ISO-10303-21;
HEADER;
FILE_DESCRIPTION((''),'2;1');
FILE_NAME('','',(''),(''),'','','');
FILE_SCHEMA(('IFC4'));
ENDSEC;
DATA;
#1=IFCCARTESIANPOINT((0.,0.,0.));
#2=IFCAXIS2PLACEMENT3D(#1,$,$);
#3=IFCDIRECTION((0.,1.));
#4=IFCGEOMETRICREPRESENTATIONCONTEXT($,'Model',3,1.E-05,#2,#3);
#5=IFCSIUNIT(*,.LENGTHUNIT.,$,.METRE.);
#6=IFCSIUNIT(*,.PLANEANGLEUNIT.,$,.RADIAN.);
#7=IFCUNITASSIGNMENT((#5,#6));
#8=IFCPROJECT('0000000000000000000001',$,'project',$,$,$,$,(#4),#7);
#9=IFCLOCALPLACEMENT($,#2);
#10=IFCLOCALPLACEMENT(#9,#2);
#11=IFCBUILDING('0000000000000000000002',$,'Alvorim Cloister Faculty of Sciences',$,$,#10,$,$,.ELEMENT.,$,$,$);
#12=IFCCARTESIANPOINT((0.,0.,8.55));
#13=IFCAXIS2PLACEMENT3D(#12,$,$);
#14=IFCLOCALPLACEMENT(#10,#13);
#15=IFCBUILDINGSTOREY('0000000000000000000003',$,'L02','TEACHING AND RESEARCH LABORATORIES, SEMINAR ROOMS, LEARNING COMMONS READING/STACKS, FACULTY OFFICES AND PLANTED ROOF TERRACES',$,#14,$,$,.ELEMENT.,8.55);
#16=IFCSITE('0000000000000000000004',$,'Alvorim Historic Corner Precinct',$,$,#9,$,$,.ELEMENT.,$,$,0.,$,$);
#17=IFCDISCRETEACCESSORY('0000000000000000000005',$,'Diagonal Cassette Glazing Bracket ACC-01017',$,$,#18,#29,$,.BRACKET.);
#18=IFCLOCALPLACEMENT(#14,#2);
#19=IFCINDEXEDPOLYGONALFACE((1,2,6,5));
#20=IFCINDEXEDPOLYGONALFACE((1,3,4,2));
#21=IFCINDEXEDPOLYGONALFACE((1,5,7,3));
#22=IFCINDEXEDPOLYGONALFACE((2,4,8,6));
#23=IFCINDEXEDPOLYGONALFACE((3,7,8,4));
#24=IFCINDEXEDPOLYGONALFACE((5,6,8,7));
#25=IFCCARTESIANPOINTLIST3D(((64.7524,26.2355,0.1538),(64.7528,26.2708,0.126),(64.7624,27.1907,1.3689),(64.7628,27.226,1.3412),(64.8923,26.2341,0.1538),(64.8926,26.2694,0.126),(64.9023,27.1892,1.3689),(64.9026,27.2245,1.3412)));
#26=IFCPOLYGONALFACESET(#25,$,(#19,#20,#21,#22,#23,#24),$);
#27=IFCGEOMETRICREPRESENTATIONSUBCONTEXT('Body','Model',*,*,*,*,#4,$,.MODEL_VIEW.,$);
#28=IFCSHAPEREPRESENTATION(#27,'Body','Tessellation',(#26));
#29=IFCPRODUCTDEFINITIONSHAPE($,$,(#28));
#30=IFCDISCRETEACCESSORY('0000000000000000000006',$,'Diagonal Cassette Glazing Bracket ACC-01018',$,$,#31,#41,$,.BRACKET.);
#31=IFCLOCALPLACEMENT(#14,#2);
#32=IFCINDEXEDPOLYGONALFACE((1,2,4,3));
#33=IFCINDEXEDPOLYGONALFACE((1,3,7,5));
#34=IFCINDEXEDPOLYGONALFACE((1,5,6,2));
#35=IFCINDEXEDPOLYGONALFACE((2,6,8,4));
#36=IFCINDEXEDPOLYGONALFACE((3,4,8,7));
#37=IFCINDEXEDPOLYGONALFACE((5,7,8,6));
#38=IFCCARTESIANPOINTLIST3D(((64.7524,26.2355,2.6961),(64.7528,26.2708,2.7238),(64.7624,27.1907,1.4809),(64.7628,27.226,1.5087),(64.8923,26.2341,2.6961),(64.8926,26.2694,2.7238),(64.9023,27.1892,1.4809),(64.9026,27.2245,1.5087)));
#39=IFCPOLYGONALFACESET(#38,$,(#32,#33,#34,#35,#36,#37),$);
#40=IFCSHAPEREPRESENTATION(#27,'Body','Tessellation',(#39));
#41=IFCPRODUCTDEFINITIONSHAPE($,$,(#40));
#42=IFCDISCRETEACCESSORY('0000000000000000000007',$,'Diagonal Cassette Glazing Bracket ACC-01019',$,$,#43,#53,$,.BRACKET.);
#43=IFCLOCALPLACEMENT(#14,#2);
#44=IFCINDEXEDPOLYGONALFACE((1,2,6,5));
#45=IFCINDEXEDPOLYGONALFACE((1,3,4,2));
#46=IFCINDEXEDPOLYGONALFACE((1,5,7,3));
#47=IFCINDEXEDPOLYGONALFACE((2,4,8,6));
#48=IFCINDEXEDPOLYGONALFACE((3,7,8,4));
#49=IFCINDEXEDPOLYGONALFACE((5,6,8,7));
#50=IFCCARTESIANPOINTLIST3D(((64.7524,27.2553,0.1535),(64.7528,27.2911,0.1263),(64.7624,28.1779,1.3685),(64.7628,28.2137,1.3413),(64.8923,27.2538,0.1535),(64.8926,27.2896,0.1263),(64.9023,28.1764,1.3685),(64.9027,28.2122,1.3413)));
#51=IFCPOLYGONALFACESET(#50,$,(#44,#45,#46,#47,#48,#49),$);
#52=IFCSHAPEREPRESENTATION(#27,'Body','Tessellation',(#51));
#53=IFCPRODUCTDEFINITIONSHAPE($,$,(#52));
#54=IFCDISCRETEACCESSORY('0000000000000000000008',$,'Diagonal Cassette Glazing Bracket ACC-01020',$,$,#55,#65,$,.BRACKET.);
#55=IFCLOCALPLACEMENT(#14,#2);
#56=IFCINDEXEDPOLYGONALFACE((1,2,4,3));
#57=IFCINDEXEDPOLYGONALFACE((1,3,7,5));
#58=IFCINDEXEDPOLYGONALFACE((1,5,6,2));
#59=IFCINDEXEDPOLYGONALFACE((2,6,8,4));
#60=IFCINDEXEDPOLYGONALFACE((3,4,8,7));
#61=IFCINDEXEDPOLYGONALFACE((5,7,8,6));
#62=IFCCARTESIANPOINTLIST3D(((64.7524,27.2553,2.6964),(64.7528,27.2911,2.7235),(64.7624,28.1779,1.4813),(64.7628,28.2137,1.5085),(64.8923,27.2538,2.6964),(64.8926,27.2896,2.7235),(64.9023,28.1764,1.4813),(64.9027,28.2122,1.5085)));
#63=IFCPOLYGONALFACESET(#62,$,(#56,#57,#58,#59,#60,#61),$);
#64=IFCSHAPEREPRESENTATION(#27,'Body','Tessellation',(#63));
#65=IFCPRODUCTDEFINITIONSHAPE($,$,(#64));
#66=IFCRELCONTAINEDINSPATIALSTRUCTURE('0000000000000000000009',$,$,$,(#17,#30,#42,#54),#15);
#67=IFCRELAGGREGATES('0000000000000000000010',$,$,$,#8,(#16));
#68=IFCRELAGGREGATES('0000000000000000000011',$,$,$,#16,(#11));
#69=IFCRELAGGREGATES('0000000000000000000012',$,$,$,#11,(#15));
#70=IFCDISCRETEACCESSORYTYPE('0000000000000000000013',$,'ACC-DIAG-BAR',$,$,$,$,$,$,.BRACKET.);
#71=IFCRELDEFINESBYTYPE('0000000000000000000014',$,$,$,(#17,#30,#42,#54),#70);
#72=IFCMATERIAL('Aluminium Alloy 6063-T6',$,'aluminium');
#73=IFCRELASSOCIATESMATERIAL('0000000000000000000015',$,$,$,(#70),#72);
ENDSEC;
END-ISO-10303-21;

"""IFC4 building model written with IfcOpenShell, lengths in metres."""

from ifc_helpers import new_model, si_unit, direction, frame, origin, origin_2d, place, context, subcontext, project, spatial, rectangle, extrude, material, type_object, element, save


model = new_model("IFC4")

# Units and contexts
model_context = context("Model", 3, precision=1e-05, world=origin(), true_north=direction((0.0, 1.0)))
body_context = subcontext(model_context, "Body", "Model", "MODEL_VIEW")
ifc_project = project(units=[si_unit("LENGTHUNIT", "METRE"), si_unit("PLANEANGLEUNIT", "RADIAN")], contexts=[model_context])

# Site, building, storey
site_placement = place(None, origin())
site = spatial("IfcSite", under=ifc_project, at=site_placement, Name="Alvorim Historic Corner Precinct", CompositionType="ELEMENT", RefElevation=0.0)
building_placement = place(site_placement, origin())
building = spatial("IfcBuilding", under=site, at=building_placement, Name="Alvorim Cloister Faculty of Sciences", CompositionType="ELEMENT")
storey_placement = place(building_placement, frame((0.0, 0.0, 8.55)))
storey = spatial("IfcBuildingStorey", under=building, at=storey_placement, Name="L02", Description="TEACHING AND RESEARCH LABORATORIES, SEMINAR ROOMS, LEARNING COMMONS READING/STACKS, FACULTY OFFICES AND PLANTED ROOF TERRACES", CompositionType="ELEMENT", Elevation=8.55)

# Shared definitions
ifc_material_1 = material(Name="Aluminium Alloy 6063-T6", Category="aluminium")

# Discrete accessories
discrete_accessory_type = type_object("IfcDiscreteAccessoryType", Name="ACC-DIAG-BAR", PredefinedType="BRACKET", material=ifc_material_1)
for number, where, z_axis, x_axis, name in (
    (1, (64.8225, 26.2524, 0.1399), (0.006477, 0.617955, 0.786187), (-0.999945, 0.01048, 0.0), "Diagonal Cassette Glazing Bracket ACC-01017"),
    (2, (64.8225, 26.2524, 2.71), (0.006477, 0.617955, -0.786187), (-0.999945, 0.01048, 0.0), "Diagonal Cassette Glazing Bracket ACC-01018"),
):
    element("IfcDiscreteAccessory", number, at=place(storey_placement, frame(where, z_axis=z_axis, x_axis=x_axis)), inside=storey, type_object=discrete_accessory_type, Name=name, PredefinedType="BRACKET", context=body_context, shape_type="SweptSolid", body=[
        extrude(rectangle(XDim=0.1399, YDim=0.0449, at=origin_2d()), origin(), (0.0, 0.0, 1.0), 1.5457),
    ])
for number, where, z_axis, x_axis, name in (
    (3, (64.8225, 27.2725, 0.1399), (0.006561, 0.604713, 0.796416), (-0.999941, 0.010849, 0.0), "Diagonal Cassette Glazing Bracket ACC-01019"),
    (4, (64.8225, 27.2725, 2.71), (0.006561, 0.604713, -0.796416), (-0.999941, 0.010849, 0.0), "Diagonal Cassette Glazing Bracket ACC-01020"),
):
    element("IfcDiscreteAccessory", number, at=place(storey_placement, frame(where, z_axis=z_axis, x_axis=x_axis)), inside=storey, type_object=discrete_accessory_type, Name=name, PredefinedType="BRACKET", context=body_context, shape_type="SweptSolid", body=[
        extrude(rectangle(XDim=0.1399, YDim=0.0449, at=origin_2d()), origin(), (0.0, 0.0, 1.0), 1.5256),
    ])

save(model, "model.ifc")
